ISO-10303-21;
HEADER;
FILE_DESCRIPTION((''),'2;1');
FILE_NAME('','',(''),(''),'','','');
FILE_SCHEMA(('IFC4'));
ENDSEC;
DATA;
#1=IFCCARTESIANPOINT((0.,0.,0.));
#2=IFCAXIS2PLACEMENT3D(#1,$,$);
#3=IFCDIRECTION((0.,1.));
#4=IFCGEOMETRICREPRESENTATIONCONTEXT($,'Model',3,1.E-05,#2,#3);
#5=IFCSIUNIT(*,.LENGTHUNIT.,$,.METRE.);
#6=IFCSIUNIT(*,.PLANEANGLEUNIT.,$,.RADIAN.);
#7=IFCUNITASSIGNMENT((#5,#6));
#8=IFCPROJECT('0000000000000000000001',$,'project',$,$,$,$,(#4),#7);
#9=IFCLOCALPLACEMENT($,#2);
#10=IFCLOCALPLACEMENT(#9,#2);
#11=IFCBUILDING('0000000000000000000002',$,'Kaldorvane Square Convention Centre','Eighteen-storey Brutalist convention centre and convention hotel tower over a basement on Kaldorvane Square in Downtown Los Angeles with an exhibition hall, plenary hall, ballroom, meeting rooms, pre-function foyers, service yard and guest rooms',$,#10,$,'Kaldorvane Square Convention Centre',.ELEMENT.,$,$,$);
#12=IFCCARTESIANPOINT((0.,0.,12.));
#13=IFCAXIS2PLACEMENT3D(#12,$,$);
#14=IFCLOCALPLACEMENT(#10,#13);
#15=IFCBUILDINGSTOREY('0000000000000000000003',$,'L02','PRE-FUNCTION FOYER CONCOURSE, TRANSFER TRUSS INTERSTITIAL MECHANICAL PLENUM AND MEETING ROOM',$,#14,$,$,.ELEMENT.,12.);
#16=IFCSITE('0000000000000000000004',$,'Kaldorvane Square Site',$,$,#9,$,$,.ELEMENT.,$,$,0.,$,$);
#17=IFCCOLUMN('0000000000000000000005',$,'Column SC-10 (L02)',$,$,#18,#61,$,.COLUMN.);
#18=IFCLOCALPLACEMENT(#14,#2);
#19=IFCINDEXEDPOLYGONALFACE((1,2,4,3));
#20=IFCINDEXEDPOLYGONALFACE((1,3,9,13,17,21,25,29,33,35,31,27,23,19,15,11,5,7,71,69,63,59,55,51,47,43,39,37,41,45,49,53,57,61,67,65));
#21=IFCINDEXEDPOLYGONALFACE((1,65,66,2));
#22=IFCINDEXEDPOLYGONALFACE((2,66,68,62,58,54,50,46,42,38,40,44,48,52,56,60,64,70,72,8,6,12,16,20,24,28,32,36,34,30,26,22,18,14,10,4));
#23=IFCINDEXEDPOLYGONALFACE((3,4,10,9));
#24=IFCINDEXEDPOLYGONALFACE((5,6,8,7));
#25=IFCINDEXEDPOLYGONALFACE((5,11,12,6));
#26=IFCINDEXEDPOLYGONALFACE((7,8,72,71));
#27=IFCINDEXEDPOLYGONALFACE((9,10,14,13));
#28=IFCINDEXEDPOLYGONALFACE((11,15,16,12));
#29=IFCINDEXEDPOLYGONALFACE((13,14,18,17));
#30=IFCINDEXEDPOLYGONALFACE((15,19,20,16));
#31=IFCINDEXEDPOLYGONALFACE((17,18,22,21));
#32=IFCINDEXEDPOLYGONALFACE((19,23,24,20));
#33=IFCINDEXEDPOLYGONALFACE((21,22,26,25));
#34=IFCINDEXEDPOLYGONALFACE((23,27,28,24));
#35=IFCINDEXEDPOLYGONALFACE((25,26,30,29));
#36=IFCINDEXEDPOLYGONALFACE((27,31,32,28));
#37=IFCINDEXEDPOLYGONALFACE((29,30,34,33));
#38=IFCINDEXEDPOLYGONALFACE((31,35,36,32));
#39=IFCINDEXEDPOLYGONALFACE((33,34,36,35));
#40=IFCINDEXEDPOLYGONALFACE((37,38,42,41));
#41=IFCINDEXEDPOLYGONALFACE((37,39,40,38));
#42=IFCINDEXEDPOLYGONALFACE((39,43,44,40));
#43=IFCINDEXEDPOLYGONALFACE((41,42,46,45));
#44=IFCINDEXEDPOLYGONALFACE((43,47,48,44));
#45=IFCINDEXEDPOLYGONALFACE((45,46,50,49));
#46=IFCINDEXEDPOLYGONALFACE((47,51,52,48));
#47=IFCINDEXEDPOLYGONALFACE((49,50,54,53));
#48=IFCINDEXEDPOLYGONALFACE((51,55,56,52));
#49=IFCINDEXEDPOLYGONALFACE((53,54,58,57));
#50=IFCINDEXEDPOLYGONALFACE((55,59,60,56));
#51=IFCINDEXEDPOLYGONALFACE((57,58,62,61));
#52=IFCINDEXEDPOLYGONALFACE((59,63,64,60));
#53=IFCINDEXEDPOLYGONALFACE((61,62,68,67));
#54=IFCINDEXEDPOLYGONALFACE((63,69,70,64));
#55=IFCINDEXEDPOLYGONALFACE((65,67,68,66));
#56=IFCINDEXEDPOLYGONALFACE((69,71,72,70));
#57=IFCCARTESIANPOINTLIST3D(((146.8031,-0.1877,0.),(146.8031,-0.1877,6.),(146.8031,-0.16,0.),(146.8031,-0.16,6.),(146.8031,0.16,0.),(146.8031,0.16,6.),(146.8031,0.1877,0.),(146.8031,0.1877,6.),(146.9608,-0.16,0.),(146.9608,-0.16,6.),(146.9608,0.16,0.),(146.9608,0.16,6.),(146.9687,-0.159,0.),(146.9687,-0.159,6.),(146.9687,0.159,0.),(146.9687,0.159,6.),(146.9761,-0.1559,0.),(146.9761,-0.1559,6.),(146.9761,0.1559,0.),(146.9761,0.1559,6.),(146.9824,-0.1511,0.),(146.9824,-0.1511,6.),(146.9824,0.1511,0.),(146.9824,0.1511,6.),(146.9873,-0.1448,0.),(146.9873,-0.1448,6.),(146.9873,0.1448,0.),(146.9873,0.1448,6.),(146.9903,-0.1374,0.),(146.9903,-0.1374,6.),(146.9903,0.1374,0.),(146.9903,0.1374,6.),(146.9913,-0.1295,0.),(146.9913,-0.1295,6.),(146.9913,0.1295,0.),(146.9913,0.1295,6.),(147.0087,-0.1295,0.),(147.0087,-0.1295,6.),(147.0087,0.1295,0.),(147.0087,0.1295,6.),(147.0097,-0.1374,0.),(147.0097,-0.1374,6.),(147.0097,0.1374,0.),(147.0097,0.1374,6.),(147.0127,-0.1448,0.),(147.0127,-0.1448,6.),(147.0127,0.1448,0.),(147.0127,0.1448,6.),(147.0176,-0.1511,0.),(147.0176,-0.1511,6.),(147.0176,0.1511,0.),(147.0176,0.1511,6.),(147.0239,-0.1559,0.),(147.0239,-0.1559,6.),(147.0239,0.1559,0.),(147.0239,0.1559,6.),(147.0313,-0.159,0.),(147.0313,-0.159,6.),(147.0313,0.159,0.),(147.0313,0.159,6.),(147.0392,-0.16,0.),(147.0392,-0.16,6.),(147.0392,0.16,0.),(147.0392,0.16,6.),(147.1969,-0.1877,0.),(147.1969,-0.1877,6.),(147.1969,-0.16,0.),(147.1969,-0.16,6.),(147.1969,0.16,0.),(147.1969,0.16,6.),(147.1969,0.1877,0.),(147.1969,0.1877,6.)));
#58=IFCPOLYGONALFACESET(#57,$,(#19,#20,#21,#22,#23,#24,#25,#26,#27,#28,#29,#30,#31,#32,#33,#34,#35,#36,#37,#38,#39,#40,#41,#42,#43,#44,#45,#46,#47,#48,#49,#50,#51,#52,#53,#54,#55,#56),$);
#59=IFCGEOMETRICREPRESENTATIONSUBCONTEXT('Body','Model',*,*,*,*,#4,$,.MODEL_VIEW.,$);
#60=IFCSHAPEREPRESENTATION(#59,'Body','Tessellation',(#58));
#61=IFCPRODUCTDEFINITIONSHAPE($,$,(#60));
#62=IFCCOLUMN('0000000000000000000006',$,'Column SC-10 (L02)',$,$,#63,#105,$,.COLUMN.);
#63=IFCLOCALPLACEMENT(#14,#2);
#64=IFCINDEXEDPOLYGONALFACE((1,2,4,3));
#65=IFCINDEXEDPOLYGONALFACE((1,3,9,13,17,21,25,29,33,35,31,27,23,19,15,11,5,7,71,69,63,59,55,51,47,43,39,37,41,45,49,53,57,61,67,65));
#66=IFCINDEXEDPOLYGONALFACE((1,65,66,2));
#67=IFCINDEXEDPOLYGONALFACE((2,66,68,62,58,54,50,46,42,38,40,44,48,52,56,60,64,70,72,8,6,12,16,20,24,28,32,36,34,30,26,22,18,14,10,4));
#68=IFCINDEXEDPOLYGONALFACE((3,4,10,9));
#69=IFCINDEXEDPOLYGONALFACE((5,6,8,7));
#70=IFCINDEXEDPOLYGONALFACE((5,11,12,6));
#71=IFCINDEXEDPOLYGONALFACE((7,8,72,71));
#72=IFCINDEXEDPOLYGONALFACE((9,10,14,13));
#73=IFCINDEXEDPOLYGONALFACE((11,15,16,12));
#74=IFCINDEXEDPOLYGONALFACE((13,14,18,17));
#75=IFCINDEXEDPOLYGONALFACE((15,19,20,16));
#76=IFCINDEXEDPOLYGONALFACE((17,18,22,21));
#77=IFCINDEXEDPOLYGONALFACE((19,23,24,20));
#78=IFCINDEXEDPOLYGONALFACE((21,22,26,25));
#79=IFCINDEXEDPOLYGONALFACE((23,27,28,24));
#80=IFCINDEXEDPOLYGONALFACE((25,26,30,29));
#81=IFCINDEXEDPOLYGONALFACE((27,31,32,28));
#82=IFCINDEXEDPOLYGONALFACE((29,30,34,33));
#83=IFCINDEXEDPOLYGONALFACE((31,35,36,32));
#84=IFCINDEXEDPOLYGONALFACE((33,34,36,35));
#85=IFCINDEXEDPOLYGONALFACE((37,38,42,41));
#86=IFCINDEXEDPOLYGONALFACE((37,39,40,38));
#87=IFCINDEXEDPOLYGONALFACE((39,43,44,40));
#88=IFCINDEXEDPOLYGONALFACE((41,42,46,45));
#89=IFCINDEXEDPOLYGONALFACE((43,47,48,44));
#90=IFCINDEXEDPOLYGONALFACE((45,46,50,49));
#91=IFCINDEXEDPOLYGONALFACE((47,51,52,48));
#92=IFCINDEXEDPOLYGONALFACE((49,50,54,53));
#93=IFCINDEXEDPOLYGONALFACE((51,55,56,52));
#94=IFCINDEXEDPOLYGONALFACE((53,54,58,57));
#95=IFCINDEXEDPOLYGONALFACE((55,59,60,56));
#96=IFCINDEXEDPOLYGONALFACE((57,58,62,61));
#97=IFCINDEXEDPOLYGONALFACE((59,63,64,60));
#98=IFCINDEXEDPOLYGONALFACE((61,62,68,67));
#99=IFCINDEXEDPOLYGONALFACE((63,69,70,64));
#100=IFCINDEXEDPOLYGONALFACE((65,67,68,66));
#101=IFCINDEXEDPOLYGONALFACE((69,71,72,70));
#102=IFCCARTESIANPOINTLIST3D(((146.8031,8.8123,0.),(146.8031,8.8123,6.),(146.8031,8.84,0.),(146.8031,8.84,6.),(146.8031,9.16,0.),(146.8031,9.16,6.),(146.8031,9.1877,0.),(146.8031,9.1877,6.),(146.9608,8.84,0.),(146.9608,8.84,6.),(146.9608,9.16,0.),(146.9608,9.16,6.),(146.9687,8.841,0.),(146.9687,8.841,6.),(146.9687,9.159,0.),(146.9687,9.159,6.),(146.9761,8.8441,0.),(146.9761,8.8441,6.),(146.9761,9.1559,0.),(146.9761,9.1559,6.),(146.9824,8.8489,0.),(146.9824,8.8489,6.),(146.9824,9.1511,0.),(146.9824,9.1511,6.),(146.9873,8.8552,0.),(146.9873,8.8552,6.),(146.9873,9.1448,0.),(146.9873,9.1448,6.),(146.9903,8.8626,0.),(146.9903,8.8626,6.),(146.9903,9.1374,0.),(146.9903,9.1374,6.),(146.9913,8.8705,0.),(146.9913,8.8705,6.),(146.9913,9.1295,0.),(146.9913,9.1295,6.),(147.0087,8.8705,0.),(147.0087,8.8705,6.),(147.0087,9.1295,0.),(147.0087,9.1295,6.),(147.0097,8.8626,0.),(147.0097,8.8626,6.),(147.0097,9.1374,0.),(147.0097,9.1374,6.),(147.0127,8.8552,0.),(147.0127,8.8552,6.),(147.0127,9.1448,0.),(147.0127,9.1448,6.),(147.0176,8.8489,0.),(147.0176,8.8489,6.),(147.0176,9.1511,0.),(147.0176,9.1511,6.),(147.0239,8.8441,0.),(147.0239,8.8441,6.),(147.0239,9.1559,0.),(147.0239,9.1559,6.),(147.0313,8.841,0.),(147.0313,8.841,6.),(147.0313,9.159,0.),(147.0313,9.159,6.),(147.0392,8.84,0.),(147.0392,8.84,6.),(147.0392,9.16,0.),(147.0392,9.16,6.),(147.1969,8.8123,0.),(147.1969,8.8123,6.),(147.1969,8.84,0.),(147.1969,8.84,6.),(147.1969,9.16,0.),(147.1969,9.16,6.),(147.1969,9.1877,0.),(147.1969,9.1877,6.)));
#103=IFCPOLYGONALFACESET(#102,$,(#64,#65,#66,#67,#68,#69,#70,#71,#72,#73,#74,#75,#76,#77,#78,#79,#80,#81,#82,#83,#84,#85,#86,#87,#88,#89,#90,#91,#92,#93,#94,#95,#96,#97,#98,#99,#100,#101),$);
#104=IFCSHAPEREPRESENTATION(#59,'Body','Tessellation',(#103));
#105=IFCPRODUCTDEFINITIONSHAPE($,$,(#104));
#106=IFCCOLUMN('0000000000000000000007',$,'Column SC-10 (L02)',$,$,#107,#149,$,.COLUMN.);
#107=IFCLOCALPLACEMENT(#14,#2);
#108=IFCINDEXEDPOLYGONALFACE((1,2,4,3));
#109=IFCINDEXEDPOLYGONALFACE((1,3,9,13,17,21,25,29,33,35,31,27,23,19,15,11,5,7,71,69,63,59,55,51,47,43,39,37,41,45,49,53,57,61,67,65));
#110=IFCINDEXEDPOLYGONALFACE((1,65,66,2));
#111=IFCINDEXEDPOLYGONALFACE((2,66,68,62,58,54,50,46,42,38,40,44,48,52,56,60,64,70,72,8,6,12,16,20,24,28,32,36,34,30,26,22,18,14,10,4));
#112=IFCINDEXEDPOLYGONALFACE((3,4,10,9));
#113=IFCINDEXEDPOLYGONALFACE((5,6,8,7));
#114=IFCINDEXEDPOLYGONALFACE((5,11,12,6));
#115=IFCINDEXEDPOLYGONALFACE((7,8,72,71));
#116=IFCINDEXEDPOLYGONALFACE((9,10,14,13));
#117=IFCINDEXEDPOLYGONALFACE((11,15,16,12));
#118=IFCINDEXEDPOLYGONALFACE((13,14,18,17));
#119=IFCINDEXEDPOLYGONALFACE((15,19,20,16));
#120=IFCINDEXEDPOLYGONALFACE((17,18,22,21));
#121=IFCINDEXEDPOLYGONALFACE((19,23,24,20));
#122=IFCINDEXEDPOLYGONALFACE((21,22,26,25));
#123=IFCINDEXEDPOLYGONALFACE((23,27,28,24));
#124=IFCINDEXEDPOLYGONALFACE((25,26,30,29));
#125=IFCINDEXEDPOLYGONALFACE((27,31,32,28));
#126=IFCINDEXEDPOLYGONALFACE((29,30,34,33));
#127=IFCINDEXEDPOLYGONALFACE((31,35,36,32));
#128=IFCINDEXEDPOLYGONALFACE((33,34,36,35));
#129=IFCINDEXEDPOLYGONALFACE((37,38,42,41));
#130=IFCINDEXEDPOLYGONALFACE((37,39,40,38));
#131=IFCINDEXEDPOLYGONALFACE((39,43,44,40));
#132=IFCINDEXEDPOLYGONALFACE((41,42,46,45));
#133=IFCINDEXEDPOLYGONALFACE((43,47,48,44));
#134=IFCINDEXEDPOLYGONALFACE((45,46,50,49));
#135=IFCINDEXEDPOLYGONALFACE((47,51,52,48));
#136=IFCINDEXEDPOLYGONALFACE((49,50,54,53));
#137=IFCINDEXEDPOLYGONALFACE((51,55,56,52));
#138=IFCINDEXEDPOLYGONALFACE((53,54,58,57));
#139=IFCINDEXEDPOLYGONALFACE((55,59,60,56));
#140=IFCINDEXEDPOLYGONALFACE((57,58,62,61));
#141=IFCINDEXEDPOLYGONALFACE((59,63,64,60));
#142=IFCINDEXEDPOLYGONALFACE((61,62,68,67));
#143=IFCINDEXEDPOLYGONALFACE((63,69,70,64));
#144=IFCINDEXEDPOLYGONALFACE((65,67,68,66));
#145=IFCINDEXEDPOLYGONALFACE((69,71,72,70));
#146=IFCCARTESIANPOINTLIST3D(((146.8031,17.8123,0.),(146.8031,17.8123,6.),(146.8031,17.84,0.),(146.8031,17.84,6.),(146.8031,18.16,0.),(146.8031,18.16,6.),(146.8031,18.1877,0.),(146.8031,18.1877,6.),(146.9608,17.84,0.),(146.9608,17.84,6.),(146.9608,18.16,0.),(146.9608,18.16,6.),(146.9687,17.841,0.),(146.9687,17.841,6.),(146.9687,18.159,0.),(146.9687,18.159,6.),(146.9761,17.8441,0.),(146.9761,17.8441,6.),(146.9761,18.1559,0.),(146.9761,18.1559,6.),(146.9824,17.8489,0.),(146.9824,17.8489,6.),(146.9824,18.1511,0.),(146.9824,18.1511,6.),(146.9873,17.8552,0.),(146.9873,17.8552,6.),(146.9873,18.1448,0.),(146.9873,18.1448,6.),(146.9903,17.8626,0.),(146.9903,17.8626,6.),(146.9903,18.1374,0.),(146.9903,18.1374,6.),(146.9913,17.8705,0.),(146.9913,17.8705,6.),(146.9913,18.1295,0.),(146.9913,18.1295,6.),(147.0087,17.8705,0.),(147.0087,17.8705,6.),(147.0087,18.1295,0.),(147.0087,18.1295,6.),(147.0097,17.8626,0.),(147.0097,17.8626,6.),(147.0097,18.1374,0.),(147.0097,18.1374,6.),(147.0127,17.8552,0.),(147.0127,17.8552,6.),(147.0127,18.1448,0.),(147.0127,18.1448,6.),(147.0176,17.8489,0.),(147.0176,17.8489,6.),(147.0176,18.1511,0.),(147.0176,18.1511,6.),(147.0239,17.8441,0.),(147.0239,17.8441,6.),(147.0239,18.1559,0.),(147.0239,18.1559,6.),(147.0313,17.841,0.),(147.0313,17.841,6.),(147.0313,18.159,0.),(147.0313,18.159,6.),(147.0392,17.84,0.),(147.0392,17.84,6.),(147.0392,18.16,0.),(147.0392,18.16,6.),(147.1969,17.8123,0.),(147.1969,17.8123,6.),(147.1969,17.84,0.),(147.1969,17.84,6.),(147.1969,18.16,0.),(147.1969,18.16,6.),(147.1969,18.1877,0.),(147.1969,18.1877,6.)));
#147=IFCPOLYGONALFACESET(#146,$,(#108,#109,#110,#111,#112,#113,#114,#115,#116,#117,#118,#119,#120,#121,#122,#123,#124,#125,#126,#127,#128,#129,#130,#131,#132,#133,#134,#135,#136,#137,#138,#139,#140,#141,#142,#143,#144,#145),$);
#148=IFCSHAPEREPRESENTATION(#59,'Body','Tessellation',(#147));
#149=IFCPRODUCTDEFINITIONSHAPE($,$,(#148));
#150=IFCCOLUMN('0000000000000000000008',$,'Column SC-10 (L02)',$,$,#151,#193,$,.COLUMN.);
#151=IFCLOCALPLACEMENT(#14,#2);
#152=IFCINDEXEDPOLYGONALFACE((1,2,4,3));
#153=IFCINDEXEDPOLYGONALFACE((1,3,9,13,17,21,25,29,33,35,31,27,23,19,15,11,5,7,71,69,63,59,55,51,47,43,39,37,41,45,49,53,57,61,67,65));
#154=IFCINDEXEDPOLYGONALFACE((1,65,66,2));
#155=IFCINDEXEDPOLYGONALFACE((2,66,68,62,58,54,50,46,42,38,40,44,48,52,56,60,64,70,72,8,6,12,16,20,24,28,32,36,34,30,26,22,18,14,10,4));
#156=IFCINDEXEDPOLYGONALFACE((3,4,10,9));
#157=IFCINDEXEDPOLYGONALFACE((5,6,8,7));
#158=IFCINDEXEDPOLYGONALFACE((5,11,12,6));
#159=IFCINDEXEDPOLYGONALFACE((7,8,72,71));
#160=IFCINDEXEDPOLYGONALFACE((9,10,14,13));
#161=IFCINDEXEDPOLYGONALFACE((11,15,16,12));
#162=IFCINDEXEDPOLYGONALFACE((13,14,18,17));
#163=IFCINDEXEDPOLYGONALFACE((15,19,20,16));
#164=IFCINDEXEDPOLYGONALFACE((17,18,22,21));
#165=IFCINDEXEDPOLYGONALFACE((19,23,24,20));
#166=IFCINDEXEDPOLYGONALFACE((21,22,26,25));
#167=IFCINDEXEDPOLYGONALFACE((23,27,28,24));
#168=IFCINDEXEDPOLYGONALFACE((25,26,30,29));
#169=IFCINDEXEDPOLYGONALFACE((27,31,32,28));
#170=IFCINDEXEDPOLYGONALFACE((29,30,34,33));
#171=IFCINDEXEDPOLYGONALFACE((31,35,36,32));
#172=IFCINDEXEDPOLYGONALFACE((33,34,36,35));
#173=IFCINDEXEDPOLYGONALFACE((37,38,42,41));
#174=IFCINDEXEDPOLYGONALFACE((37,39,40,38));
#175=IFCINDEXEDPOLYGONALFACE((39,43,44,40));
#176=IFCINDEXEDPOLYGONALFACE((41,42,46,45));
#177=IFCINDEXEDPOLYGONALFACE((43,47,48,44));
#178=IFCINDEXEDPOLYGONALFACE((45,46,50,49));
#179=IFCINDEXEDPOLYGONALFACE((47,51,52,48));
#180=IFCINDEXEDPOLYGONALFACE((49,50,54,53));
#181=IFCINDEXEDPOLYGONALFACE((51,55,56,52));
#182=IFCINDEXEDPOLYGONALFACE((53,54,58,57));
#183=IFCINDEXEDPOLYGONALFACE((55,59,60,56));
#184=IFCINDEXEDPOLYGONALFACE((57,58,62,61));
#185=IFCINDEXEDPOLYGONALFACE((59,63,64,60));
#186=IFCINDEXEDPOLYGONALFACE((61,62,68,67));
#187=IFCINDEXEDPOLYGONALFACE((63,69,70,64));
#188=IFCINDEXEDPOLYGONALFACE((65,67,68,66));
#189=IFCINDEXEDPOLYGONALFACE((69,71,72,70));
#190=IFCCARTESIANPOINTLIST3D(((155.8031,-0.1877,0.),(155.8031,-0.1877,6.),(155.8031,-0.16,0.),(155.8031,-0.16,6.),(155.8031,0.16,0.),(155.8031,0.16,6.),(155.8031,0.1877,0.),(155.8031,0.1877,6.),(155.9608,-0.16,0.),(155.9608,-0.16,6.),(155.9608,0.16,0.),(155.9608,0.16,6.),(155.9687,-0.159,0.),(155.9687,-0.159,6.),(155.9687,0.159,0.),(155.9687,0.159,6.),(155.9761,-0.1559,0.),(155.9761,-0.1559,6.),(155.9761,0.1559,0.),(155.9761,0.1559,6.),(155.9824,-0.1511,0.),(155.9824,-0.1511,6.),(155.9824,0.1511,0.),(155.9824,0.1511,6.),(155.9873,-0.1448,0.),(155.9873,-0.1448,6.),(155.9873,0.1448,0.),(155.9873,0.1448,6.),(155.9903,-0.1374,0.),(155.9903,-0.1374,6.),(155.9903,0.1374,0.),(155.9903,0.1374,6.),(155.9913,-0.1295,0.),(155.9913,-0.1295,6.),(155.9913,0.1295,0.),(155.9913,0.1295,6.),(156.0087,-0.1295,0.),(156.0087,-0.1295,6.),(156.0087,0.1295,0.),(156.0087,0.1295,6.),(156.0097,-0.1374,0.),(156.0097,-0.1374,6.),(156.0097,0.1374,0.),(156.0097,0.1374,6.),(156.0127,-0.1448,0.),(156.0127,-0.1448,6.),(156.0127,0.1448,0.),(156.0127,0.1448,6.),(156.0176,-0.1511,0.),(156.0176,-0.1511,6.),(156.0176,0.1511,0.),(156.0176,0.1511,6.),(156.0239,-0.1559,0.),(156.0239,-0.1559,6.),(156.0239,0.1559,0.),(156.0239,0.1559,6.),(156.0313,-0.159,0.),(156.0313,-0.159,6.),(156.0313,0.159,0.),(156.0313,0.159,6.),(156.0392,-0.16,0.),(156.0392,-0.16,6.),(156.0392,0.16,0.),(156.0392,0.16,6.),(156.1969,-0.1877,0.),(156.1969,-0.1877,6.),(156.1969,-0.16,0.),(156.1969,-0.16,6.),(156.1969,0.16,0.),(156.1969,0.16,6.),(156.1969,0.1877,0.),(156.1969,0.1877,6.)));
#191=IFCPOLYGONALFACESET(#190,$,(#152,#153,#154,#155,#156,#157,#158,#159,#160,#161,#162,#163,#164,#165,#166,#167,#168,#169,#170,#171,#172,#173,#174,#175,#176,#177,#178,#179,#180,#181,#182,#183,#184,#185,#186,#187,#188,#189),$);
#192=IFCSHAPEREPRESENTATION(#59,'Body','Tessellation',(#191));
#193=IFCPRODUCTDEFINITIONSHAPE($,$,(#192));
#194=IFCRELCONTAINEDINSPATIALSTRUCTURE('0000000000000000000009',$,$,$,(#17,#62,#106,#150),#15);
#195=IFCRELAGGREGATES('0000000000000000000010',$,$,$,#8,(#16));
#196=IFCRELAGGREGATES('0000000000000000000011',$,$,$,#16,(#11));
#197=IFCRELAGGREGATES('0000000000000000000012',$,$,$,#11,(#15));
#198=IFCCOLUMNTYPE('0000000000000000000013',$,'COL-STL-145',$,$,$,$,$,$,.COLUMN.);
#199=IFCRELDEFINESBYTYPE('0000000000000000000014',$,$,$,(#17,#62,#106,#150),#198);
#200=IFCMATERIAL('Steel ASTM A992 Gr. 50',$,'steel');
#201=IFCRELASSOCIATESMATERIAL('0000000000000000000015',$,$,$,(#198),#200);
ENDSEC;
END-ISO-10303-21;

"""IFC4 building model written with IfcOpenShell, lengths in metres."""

from ifc_helpers import new_model, si_unit, direction, frame, origin, origin_2d, place, context, subcontext, project, spatial, i_section, extrude, material, material_profile, profile_set, type_object, element, save


model = new_model("IFC4")

# Units and contexts
model_context = context("Model", 3, precision=1e-05, world=origin(), true_north=direction((0.0, 1.0)))
body_context = subcontext(model_context, "Body", "Model", "MODEL_VIEW")
ifc_project = project(units=[si_unit("LENGTHUNIT", "METRE"), si_unit("PLANEANGLEUNIT", "RADIAN")], contexts=[model_context])

# Site, building, storey
site_placement = place(None, origin())
site = spatial("IfcSite", under=ifc_project, at=site_placement, Name="Kaldorvane Square Site", CompositionType="ELEMENT", RefElevation=0.0)
building_placement = place(site_placement, origin())
building = spatial("IfcBuilding", under=site, at=building_placement, Name="Kaldorvane Square Convention Centre", Description="Eighteen-storey Brutalist convention centre and convention hotel tower over a basement on Kaldorvane Square in Downtown Los Angeles with an exhibition hall, plenary hall, ballroom, meeting rooms, pre-function foyers, service yard and guest rooms", LongName="Kaldorvane Square Convention Centre", CompositionType="ELEMENT")
storey_placement = place(building_placement, frame((0.0, 0.0, 12.0)))
storey = spatial("IfcBuildingStorey", under=building, at=storey_placement, Name="L02", Description="PRE-FUNCTION FOYER CONCOURSE, TRANSFER TRUSS INTERSTITIAL MECHANICAL PLENUM AND MEETING ROOM", CompositionType="ELEMENT", Elevation=12.0)

# Columns
ifc_material_1 = material(Name="Steel ASTM A992 Gr. 50", Category="steel")
ifc_material_profile_1 = material_profile(ifc_material_1, i_section(OverallWidth=0.3937, OverallDepth=0.3754, WebThickness=0.0173, FlangeThickness=0.0277, FilletRadius=0.0305, at=origin_2d()), Name="W14X145")
ifc_profile_set_1 = profile_set([ifc_material_profile_1], Name="Steel ASTM A992 Gr. 50")
column_type = type_object("IfcColumnType", Name="COL-STL-145", PredefinedType="COLUMN", material=ifc_profile_set_1)
for number, where, z_axis, x_axis, name in (
    (1, (147.0, 0.0, 0.0), (0.0, 0.0, 1.0), (1.0, 0.0, 0.0), "Column SC-10 (L02)"),
    (2, (147.0, 9.0, 0.0), (0.0, 0.0, 1.0), (1.0, 0.0, 0.0), "Column SC-10 (L02)"),
    (3, (147.0, 18.0, 0.0), (0.0, 0.0, 1.0), (1.0, 0.0, 0.0), "Column SC-10 (L02)"),
    (4, (156.0, 0.0, 0.0), (0.0, 0.0, 1.0), (1.0, 0.0, 0.0), "Column SC-10 (L02)"),
):
    element("IfcColumn", number, at=place(storey_placement, frame(where, z_axis=z_axis, x_axis=x_axis)), inside=storey, type_object=column_type, Name=name, PredefinedType="COLUMN", context=body_context, shape_type="SweptSolid", body=[
        extrude(i_section(OverallWidth=0.3937, OverallDepth=0.3754, WebThickness=0.0173, FlangeThickness=0.0277, FilletRadius=0.0305, at=origin_2d()), origin(), (0.0, 0.0, 1.0), 6.0),
    ])

save(model, "model.ifc")
